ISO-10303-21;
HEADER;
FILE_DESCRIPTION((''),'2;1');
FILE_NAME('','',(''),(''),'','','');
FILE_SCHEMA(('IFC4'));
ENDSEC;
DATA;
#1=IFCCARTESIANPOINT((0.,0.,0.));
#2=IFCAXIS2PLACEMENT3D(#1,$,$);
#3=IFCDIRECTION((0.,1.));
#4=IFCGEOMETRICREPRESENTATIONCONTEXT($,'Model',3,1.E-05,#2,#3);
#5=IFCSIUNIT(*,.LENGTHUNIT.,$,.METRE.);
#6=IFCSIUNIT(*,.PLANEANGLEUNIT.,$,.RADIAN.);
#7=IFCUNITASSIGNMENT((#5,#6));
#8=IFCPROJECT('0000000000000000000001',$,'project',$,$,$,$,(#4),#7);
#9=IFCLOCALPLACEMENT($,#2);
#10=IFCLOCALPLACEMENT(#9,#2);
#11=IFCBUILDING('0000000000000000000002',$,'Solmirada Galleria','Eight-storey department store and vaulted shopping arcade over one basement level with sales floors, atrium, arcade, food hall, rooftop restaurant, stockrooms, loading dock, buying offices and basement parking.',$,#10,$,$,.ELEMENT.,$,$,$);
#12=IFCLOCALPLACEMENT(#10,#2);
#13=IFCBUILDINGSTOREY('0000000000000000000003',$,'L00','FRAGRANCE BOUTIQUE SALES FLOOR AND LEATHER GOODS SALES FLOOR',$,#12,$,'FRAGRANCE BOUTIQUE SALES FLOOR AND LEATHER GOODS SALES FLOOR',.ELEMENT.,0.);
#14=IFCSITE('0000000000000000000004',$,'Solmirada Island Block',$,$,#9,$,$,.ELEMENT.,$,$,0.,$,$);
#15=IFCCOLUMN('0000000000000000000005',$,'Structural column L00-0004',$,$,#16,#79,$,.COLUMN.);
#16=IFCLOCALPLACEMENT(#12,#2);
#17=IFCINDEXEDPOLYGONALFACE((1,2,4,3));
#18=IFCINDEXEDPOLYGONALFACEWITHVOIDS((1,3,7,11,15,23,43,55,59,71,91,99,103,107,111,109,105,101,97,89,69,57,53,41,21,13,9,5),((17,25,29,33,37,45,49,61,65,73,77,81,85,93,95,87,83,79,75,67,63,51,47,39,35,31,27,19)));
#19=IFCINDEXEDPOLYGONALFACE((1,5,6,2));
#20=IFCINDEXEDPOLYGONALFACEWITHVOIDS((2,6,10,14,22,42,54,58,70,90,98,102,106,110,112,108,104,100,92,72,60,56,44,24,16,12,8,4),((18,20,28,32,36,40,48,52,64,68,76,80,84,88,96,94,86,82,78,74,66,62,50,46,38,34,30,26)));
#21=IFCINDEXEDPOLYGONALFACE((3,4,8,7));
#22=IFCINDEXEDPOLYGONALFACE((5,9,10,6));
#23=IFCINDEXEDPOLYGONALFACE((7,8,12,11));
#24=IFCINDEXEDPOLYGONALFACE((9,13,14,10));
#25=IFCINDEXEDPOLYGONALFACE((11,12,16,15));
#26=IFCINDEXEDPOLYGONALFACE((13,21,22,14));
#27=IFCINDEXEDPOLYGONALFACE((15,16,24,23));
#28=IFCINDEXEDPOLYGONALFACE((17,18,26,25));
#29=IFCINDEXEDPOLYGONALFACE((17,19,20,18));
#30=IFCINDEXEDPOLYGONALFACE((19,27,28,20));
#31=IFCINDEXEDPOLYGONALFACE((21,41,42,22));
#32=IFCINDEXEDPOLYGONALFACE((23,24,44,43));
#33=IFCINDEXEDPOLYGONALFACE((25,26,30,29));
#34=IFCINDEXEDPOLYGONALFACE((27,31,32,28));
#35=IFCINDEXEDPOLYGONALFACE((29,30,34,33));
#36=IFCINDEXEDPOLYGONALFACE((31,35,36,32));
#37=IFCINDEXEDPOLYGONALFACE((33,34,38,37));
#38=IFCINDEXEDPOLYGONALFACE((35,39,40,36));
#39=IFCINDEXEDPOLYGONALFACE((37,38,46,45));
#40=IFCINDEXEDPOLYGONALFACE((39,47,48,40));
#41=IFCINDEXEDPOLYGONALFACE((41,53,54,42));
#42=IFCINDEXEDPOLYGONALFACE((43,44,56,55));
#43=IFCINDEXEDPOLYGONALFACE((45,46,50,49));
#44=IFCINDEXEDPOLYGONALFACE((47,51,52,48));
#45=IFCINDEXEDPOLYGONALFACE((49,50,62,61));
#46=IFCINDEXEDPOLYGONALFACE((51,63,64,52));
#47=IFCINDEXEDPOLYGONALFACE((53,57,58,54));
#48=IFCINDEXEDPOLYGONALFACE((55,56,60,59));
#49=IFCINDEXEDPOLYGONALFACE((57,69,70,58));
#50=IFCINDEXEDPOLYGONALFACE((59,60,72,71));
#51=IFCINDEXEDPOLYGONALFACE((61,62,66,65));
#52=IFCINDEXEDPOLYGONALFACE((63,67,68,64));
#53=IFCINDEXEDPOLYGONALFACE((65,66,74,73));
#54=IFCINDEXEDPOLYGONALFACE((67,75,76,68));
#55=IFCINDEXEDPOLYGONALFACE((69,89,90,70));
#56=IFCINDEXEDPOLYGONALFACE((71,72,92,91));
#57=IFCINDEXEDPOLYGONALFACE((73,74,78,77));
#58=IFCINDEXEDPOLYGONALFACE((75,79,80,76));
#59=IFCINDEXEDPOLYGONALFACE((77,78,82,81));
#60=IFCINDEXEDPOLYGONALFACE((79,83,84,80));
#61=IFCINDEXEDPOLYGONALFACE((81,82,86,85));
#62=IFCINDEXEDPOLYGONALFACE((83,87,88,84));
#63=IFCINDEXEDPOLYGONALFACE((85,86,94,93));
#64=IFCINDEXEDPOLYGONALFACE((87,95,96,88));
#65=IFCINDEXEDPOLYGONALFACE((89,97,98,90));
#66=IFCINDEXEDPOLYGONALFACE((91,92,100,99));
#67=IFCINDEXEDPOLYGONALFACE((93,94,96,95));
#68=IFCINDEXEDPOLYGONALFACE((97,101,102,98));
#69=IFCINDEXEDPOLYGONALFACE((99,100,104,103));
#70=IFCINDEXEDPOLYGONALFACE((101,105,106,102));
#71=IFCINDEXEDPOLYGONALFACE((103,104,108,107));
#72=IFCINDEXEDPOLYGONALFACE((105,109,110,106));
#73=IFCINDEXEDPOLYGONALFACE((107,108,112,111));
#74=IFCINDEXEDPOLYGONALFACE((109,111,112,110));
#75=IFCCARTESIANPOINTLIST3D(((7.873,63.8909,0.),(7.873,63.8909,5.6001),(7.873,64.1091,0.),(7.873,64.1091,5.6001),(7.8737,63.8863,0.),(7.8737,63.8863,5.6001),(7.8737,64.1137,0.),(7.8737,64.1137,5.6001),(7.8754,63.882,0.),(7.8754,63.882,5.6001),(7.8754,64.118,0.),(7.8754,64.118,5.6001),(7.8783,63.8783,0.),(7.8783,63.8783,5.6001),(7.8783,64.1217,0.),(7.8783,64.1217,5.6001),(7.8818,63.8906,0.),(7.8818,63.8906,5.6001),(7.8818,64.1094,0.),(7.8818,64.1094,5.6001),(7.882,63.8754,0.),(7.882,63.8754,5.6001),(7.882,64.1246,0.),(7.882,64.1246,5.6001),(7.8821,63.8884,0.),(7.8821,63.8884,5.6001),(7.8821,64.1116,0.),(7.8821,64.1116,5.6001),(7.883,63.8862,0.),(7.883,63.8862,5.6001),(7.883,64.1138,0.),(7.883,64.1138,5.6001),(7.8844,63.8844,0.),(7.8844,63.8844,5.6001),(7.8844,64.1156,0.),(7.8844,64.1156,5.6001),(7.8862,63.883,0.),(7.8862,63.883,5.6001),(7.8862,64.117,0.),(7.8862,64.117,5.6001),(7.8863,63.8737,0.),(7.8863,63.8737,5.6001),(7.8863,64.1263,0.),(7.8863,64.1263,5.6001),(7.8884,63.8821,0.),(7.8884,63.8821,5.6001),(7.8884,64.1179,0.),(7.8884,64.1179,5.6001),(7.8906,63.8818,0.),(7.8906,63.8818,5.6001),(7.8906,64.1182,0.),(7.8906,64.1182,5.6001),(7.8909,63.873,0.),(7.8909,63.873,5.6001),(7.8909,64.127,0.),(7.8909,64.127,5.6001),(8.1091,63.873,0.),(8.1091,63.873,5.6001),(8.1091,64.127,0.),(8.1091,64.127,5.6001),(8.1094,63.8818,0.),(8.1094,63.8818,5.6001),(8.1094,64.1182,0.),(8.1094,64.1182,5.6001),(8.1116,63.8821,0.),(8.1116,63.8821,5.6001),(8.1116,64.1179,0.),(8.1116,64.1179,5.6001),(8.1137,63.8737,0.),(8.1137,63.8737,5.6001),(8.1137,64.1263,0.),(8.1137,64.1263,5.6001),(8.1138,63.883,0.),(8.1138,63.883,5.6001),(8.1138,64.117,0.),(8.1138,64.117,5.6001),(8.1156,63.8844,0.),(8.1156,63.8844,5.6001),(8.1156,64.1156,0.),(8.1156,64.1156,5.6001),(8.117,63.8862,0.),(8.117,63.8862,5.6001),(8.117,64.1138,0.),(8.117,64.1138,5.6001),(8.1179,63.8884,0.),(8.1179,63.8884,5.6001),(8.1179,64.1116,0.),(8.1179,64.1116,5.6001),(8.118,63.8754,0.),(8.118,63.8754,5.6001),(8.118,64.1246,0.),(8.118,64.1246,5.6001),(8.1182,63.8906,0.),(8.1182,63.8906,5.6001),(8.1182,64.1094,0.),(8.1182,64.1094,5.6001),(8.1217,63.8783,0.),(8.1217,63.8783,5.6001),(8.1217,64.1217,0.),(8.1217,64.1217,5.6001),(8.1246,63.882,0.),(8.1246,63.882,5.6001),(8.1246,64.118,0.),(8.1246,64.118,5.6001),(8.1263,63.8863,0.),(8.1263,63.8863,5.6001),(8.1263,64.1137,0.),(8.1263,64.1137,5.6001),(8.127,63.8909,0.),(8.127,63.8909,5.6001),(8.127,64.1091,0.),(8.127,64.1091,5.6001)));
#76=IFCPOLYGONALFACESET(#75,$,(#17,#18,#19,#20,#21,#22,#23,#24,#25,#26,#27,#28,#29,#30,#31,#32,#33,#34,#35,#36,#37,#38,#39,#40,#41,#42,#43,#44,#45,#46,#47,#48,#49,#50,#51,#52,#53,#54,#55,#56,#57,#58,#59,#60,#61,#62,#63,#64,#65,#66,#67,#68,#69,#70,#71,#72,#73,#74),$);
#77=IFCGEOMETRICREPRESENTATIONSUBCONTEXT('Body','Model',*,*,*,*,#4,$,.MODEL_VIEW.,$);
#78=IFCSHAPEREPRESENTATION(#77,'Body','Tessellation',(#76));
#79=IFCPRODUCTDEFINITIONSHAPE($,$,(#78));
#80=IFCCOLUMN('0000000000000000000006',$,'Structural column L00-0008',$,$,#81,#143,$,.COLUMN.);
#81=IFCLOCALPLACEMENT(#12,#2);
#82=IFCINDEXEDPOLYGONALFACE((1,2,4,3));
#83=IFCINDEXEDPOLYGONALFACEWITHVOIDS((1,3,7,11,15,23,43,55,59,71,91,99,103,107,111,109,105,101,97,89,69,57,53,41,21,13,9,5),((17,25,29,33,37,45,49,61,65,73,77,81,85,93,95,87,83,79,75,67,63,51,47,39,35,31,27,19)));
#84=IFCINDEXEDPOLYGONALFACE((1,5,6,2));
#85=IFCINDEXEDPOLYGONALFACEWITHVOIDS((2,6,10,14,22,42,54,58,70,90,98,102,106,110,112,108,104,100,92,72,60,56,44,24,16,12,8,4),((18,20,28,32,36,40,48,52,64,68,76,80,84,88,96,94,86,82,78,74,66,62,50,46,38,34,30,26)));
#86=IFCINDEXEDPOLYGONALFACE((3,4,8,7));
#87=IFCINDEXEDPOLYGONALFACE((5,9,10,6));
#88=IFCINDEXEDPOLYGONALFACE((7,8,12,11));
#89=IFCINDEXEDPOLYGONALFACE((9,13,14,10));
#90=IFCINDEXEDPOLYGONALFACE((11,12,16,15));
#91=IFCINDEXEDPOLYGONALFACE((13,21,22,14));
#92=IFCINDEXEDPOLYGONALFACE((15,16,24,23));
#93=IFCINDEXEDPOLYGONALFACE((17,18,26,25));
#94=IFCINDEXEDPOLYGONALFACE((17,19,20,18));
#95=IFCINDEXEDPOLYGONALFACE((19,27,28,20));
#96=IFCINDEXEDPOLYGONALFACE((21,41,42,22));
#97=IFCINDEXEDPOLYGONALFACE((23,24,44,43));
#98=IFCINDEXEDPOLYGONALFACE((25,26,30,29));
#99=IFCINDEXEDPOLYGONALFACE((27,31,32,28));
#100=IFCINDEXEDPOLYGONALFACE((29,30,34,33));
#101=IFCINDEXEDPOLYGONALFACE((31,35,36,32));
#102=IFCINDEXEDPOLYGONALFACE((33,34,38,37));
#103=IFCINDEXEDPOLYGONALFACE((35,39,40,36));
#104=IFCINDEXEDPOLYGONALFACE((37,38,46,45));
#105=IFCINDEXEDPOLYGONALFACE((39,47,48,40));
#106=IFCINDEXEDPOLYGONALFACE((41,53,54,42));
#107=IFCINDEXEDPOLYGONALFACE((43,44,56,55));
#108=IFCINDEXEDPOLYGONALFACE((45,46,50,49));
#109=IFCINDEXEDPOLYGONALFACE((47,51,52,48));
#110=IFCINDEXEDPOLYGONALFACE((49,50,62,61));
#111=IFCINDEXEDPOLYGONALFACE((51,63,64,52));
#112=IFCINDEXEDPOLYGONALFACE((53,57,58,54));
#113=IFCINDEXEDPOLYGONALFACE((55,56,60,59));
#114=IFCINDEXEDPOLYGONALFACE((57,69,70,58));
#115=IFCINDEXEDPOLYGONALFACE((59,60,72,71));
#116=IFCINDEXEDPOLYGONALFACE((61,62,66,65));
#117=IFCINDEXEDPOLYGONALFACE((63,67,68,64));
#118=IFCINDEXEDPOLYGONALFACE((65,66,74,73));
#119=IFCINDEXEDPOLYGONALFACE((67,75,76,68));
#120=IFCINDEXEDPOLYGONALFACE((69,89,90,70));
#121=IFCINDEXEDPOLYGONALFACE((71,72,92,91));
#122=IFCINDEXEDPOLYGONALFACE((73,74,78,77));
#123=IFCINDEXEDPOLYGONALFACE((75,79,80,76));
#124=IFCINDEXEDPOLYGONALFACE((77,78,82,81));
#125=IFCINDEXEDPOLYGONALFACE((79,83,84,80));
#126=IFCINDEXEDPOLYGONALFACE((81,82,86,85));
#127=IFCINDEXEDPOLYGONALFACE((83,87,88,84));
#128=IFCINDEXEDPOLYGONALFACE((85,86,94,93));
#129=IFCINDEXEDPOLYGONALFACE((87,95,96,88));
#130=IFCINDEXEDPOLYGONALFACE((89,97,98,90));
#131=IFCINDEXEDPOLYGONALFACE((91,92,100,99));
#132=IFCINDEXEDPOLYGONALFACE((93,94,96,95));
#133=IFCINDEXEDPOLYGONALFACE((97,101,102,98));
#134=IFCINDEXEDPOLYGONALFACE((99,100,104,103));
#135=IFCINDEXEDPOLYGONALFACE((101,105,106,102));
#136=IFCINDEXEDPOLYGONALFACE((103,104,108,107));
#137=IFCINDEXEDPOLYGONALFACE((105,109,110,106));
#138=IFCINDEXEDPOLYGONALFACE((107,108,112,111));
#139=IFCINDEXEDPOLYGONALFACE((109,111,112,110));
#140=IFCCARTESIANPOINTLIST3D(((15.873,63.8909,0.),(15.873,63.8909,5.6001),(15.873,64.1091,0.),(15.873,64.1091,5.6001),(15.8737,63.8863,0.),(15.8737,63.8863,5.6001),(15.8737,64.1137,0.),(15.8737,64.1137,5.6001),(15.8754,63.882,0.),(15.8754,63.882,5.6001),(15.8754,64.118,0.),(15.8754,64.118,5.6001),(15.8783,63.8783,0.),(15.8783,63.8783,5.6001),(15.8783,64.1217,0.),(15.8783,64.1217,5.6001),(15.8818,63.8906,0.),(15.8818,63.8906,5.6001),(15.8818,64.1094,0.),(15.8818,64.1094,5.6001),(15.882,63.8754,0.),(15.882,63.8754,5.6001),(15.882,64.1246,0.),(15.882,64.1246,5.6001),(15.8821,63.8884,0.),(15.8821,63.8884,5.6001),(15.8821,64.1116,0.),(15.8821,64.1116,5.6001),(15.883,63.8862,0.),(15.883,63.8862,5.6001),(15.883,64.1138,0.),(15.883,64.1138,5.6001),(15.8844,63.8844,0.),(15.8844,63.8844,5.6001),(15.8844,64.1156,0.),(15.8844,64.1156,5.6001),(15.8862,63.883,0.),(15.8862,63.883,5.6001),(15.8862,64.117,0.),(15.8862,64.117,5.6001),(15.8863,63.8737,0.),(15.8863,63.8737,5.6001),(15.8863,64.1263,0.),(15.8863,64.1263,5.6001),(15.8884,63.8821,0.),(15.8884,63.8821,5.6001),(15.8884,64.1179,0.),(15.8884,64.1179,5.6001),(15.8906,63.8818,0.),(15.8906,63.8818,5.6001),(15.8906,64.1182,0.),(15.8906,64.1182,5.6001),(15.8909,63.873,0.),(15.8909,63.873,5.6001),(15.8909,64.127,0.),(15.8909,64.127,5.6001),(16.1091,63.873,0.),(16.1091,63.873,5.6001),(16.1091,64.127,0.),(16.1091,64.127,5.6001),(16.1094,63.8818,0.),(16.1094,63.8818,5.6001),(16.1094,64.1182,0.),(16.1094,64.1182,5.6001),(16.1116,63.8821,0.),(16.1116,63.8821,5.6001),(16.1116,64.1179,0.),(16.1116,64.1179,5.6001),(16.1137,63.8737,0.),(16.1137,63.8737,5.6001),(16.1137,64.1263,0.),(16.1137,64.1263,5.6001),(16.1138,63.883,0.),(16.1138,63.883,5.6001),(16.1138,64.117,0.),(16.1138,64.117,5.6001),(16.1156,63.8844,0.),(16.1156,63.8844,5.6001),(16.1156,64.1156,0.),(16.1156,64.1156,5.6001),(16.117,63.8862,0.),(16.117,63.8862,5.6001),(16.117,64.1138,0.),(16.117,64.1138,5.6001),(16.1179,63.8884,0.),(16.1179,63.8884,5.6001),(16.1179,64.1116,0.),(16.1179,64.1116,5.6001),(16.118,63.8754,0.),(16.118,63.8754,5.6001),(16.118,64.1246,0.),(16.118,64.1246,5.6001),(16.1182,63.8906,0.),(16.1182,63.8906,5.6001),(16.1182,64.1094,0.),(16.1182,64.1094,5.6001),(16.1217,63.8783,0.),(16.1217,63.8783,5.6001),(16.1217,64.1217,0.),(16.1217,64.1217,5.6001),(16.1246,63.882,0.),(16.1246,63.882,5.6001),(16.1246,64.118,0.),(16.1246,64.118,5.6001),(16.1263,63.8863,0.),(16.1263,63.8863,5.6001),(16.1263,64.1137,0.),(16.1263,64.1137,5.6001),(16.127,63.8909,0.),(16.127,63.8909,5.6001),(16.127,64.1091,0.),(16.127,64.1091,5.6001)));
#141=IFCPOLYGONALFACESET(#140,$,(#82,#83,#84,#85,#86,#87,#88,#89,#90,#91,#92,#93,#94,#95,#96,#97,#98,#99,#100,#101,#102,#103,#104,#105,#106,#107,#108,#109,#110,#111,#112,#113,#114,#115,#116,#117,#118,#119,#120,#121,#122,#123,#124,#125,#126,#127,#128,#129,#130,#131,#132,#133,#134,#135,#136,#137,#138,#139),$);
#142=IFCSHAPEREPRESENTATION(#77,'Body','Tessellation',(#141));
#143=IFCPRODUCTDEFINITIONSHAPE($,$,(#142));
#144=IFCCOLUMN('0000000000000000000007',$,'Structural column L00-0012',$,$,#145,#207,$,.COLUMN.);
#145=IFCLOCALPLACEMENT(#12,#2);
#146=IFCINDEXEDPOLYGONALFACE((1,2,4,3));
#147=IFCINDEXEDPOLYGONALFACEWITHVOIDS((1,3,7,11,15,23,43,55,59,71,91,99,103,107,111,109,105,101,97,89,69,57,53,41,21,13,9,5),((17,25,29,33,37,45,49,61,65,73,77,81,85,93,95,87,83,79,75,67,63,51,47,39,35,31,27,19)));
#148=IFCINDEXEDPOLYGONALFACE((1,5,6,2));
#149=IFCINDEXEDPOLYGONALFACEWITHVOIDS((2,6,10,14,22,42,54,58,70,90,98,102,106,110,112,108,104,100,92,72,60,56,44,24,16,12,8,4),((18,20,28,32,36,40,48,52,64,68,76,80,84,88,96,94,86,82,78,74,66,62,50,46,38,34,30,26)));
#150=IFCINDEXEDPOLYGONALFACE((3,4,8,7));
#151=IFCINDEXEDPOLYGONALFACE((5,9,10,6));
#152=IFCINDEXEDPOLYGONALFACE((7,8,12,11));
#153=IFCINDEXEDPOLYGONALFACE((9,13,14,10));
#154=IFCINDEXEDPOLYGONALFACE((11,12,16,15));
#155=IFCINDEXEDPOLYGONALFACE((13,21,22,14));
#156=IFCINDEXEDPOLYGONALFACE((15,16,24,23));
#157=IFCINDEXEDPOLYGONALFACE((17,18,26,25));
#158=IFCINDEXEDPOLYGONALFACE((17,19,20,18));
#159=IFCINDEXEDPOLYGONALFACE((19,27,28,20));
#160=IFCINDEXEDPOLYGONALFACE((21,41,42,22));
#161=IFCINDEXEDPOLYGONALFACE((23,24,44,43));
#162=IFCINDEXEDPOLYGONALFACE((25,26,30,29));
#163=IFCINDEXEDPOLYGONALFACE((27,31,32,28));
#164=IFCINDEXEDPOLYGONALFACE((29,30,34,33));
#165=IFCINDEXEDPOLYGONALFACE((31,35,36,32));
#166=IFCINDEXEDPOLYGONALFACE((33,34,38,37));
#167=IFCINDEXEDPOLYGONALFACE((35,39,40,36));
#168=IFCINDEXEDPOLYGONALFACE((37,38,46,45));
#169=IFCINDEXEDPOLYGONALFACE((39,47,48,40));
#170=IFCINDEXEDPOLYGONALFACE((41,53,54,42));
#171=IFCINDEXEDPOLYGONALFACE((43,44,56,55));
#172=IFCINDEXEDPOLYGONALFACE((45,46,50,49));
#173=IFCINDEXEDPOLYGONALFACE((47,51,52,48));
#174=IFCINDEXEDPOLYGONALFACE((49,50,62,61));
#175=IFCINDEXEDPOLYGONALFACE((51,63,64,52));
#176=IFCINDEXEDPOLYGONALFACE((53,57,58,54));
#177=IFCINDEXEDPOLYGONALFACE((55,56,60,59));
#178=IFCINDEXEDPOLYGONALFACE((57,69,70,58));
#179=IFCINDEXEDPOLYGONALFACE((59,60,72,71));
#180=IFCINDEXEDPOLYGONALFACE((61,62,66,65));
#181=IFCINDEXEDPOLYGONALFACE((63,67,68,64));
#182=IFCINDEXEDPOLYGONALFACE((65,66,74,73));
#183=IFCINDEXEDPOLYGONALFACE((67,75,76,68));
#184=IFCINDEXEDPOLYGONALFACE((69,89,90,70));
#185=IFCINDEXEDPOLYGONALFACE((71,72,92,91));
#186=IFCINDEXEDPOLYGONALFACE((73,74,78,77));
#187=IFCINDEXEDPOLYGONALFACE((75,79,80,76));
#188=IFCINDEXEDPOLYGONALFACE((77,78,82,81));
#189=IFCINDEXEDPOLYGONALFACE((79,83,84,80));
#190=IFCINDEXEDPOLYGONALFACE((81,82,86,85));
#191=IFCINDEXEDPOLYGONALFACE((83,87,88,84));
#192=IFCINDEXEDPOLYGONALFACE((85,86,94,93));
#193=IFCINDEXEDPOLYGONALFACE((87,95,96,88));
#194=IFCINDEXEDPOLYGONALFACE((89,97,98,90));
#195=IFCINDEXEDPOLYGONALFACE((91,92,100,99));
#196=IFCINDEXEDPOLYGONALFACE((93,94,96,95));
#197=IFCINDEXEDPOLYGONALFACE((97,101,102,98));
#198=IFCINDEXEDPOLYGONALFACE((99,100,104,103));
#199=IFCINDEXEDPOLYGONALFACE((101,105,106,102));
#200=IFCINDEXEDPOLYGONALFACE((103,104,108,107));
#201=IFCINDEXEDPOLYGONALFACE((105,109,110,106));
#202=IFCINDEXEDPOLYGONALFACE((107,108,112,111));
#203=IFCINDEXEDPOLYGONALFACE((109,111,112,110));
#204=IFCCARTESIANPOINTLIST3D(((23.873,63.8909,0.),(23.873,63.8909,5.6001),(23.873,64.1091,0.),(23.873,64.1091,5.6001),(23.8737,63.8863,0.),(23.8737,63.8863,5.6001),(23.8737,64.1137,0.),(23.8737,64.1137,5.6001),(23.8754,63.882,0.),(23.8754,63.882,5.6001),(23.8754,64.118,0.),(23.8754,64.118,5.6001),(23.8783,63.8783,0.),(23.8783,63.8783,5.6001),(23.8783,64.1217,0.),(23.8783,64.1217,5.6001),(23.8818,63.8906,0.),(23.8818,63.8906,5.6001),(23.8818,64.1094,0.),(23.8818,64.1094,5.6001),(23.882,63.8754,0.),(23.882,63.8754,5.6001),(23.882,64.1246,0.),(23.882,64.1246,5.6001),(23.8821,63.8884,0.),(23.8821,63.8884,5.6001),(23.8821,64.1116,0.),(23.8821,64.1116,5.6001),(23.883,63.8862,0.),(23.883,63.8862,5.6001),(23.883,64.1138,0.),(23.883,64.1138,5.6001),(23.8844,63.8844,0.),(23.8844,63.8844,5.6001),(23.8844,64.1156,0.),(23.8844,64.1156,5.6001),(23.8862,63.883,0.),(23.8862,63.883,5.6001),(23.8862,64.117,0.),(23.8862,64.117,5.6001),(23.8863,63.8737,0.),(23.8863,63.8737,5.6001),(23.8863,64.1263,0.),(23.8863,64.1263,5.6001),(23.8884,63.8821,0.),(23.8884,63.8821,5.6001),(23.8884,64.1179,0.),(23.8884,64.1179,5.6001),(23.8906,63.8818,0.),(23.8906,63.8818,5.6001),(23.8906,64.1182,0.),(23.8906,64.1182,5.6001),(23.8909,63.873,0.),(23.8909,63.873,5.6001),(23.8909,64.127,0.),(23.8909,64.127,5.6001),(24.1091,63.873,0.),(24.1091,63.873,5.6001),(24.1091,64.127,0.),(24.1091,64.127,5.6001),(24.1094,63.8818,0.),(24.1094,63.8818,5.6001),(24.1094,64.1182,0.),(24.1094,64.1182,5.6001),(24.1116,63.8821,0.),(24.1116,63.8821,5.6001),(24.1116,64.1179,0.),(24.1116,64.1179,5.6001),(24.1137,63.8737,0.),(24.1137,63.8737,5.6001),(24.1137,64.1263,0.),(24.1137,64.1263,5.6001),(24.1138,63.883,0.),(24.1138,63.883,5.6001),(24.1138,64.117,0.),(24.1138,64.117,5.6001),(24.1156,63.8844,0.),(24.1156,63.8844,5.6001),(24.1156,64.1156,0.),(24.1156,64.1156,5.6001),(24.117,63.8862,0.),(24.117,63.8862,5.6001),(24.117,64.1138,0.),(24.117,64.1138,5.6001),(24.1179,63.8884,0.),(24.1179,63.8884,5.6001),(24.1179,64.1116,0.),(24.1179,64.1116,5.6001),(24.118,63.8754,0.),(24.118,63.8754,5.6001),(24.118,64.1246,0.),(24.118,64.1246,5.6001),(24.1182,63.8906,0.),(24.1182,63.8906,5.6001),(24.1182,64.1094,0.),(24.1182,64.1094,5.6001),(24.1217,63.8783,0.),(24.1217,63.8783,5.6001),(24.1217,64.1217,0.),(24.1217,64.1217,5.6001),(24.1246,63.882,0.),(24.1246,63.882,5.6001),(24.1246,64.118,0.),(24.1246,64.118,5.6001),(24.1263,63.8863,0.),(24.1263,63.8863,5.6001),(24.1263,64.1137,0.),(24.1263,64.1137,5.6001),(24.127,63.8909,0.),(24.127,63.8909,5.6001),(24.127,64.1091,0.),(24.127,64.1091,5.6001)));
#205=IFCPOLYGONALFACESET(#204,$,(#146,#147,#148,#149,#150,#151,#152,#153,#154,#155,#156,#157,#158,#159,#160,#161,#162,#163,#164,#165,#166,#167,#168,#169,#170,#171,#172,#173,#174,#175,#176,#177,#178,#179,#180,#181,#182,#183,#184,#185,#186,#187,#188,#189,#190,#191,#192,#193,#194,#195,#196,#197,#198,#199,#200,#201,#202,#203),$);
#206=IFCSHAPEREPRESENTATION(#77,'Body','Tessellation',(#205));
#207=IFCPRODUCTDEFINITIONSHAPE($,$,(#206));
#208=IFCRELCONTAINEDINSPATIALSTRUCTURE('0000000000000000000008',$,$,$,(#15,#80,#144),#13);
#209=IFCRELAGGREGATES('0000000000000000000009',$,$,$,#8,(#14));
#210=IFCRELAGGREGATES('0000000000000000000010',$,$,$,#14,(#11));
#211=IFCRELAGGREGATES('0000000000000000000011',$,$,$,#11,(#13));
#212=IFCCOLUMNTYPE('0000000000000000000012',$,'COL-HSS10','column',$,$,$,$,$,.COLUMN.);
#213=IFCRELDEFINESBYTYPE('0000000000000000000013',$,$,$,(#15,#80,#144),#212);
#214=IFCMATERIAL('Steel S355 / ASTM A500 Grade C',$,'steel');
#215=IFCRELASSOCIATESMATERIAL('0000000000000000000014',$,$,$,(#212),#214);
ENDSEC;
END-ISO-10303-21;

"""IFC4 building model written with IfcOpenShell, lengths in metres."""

from ifc_helpers import new_model, si_unit, direction, frame, origin, origin_2d, place, context, subcontext, project, spatial, hollow_rectangle, extrude, material, material_profile, profile_set, type_object, element, save


model = new_model("IFC4")

# Units and contexts
model_context = context("Model", 3, precision=1e-05, world=origin(), true_north=direction((0.0, 1.0)))
body_context = subcontext(model_context, "Body", "Model", "MODEL_VIEW")
ifc_project = project(units=[si_unit("LENGTHUNIT", "METRE"), si_unit("PLANEANGLEUNIT", "RADIAN")], contexts=[model_context])

# Site, building, storey
site_placement = place(None, origin())
site = spatial("IfcSite", under=ifc_project, at=site_placement, Name="Solmirada Island Block", CompositionType="ELEMENT", RefElevation=0.0)
building_placement = place(site_placement, origin())
building = spatial("IfcBuilding", under=site, at=building_placement, Name="Solmirada Galleria", Description="Eight-storey department store and vaulted shopping arcade over one basement level with sales floors, atrium, arcade, food hall, rooftop restaurant, stockrooms, loading dock, buying offices and basement parking.", CompositionType="ELEMENT")
storey_placement = place(building_placement, origin())
storey = spatial("IfcBuildingStorey", under=building, at=storey_placement, Name="L00", Description="FRAGRANCE BOUTIQUE SALES FLOOR AND LEATHER GOODS SALES FLOOR", LongName="FRAGRANCE BOUTIQUE SALES FLOOR AND LEATHER GOODS SALES FLOOR", CompositionType="ELEMENT", Elevation=0.0)

# Columns
ifc_material_1 = material(Name="Steel S355 / ASTM A500 Grade C", Category="steel")
ifc_material_profile_1 = material_profile(ifc_material_1, hollow_rectangle(XDim=0.2539, YDim=0.2539, WallThickness=0.0088, InnerFilletRadius=0.0088, OuterFilletRadius=0.0178, at=origin_2d()), Name="HSS10X10X3/8")
ifc_profile_set_1 = profile_set([ifc_material_profile_1], Name="Steel S355 / ASTM A500 Grade C")
column_type = type_object("IfcColumnType", Name="COL-HSS10", Description="column", PredefinedType="COLUMN", material=ifc_profile_set_1)
for number, where, z_axis, x_axis, name in (
    (1, (8.0, 64.0, 0.0), (0.0, 0.0, 1.0), (1.0, 0.0, 0.0), "Structural column L00-0004"),
    (2, (16.0, 64.0, 0.0), (0.0, 0.0, 1.0), (1.0, 0.0, 0.0), "Structural column L00-0008"),
    (3, (24.0, 64.0, 0.0), (0.0, 0.0, 1.0), (1.0, 0.0, 0.0), "Structural column L00-0012"),
):
    element("IfcColumn", number, at=place(storey_placement, frame(where, z_axis=z_axis, x_axis=x_axis)), inside=storey, type_object=column_type, Name=name, PredefinedType="COLUMN", context=body_context, shape_type="SweptSolid", body=[
        extrude(hollow_rectangle(XDim=0.2539, YDim=0.2539, WallThickness=0.0088, InnerFilletRadius=0.0088, OuterFilletRadius=0.0178, at=origin_2d()), origin(), (0.0, 0.0, 1.0), 5.6001),
    ])

save(model, "model.ifc")
